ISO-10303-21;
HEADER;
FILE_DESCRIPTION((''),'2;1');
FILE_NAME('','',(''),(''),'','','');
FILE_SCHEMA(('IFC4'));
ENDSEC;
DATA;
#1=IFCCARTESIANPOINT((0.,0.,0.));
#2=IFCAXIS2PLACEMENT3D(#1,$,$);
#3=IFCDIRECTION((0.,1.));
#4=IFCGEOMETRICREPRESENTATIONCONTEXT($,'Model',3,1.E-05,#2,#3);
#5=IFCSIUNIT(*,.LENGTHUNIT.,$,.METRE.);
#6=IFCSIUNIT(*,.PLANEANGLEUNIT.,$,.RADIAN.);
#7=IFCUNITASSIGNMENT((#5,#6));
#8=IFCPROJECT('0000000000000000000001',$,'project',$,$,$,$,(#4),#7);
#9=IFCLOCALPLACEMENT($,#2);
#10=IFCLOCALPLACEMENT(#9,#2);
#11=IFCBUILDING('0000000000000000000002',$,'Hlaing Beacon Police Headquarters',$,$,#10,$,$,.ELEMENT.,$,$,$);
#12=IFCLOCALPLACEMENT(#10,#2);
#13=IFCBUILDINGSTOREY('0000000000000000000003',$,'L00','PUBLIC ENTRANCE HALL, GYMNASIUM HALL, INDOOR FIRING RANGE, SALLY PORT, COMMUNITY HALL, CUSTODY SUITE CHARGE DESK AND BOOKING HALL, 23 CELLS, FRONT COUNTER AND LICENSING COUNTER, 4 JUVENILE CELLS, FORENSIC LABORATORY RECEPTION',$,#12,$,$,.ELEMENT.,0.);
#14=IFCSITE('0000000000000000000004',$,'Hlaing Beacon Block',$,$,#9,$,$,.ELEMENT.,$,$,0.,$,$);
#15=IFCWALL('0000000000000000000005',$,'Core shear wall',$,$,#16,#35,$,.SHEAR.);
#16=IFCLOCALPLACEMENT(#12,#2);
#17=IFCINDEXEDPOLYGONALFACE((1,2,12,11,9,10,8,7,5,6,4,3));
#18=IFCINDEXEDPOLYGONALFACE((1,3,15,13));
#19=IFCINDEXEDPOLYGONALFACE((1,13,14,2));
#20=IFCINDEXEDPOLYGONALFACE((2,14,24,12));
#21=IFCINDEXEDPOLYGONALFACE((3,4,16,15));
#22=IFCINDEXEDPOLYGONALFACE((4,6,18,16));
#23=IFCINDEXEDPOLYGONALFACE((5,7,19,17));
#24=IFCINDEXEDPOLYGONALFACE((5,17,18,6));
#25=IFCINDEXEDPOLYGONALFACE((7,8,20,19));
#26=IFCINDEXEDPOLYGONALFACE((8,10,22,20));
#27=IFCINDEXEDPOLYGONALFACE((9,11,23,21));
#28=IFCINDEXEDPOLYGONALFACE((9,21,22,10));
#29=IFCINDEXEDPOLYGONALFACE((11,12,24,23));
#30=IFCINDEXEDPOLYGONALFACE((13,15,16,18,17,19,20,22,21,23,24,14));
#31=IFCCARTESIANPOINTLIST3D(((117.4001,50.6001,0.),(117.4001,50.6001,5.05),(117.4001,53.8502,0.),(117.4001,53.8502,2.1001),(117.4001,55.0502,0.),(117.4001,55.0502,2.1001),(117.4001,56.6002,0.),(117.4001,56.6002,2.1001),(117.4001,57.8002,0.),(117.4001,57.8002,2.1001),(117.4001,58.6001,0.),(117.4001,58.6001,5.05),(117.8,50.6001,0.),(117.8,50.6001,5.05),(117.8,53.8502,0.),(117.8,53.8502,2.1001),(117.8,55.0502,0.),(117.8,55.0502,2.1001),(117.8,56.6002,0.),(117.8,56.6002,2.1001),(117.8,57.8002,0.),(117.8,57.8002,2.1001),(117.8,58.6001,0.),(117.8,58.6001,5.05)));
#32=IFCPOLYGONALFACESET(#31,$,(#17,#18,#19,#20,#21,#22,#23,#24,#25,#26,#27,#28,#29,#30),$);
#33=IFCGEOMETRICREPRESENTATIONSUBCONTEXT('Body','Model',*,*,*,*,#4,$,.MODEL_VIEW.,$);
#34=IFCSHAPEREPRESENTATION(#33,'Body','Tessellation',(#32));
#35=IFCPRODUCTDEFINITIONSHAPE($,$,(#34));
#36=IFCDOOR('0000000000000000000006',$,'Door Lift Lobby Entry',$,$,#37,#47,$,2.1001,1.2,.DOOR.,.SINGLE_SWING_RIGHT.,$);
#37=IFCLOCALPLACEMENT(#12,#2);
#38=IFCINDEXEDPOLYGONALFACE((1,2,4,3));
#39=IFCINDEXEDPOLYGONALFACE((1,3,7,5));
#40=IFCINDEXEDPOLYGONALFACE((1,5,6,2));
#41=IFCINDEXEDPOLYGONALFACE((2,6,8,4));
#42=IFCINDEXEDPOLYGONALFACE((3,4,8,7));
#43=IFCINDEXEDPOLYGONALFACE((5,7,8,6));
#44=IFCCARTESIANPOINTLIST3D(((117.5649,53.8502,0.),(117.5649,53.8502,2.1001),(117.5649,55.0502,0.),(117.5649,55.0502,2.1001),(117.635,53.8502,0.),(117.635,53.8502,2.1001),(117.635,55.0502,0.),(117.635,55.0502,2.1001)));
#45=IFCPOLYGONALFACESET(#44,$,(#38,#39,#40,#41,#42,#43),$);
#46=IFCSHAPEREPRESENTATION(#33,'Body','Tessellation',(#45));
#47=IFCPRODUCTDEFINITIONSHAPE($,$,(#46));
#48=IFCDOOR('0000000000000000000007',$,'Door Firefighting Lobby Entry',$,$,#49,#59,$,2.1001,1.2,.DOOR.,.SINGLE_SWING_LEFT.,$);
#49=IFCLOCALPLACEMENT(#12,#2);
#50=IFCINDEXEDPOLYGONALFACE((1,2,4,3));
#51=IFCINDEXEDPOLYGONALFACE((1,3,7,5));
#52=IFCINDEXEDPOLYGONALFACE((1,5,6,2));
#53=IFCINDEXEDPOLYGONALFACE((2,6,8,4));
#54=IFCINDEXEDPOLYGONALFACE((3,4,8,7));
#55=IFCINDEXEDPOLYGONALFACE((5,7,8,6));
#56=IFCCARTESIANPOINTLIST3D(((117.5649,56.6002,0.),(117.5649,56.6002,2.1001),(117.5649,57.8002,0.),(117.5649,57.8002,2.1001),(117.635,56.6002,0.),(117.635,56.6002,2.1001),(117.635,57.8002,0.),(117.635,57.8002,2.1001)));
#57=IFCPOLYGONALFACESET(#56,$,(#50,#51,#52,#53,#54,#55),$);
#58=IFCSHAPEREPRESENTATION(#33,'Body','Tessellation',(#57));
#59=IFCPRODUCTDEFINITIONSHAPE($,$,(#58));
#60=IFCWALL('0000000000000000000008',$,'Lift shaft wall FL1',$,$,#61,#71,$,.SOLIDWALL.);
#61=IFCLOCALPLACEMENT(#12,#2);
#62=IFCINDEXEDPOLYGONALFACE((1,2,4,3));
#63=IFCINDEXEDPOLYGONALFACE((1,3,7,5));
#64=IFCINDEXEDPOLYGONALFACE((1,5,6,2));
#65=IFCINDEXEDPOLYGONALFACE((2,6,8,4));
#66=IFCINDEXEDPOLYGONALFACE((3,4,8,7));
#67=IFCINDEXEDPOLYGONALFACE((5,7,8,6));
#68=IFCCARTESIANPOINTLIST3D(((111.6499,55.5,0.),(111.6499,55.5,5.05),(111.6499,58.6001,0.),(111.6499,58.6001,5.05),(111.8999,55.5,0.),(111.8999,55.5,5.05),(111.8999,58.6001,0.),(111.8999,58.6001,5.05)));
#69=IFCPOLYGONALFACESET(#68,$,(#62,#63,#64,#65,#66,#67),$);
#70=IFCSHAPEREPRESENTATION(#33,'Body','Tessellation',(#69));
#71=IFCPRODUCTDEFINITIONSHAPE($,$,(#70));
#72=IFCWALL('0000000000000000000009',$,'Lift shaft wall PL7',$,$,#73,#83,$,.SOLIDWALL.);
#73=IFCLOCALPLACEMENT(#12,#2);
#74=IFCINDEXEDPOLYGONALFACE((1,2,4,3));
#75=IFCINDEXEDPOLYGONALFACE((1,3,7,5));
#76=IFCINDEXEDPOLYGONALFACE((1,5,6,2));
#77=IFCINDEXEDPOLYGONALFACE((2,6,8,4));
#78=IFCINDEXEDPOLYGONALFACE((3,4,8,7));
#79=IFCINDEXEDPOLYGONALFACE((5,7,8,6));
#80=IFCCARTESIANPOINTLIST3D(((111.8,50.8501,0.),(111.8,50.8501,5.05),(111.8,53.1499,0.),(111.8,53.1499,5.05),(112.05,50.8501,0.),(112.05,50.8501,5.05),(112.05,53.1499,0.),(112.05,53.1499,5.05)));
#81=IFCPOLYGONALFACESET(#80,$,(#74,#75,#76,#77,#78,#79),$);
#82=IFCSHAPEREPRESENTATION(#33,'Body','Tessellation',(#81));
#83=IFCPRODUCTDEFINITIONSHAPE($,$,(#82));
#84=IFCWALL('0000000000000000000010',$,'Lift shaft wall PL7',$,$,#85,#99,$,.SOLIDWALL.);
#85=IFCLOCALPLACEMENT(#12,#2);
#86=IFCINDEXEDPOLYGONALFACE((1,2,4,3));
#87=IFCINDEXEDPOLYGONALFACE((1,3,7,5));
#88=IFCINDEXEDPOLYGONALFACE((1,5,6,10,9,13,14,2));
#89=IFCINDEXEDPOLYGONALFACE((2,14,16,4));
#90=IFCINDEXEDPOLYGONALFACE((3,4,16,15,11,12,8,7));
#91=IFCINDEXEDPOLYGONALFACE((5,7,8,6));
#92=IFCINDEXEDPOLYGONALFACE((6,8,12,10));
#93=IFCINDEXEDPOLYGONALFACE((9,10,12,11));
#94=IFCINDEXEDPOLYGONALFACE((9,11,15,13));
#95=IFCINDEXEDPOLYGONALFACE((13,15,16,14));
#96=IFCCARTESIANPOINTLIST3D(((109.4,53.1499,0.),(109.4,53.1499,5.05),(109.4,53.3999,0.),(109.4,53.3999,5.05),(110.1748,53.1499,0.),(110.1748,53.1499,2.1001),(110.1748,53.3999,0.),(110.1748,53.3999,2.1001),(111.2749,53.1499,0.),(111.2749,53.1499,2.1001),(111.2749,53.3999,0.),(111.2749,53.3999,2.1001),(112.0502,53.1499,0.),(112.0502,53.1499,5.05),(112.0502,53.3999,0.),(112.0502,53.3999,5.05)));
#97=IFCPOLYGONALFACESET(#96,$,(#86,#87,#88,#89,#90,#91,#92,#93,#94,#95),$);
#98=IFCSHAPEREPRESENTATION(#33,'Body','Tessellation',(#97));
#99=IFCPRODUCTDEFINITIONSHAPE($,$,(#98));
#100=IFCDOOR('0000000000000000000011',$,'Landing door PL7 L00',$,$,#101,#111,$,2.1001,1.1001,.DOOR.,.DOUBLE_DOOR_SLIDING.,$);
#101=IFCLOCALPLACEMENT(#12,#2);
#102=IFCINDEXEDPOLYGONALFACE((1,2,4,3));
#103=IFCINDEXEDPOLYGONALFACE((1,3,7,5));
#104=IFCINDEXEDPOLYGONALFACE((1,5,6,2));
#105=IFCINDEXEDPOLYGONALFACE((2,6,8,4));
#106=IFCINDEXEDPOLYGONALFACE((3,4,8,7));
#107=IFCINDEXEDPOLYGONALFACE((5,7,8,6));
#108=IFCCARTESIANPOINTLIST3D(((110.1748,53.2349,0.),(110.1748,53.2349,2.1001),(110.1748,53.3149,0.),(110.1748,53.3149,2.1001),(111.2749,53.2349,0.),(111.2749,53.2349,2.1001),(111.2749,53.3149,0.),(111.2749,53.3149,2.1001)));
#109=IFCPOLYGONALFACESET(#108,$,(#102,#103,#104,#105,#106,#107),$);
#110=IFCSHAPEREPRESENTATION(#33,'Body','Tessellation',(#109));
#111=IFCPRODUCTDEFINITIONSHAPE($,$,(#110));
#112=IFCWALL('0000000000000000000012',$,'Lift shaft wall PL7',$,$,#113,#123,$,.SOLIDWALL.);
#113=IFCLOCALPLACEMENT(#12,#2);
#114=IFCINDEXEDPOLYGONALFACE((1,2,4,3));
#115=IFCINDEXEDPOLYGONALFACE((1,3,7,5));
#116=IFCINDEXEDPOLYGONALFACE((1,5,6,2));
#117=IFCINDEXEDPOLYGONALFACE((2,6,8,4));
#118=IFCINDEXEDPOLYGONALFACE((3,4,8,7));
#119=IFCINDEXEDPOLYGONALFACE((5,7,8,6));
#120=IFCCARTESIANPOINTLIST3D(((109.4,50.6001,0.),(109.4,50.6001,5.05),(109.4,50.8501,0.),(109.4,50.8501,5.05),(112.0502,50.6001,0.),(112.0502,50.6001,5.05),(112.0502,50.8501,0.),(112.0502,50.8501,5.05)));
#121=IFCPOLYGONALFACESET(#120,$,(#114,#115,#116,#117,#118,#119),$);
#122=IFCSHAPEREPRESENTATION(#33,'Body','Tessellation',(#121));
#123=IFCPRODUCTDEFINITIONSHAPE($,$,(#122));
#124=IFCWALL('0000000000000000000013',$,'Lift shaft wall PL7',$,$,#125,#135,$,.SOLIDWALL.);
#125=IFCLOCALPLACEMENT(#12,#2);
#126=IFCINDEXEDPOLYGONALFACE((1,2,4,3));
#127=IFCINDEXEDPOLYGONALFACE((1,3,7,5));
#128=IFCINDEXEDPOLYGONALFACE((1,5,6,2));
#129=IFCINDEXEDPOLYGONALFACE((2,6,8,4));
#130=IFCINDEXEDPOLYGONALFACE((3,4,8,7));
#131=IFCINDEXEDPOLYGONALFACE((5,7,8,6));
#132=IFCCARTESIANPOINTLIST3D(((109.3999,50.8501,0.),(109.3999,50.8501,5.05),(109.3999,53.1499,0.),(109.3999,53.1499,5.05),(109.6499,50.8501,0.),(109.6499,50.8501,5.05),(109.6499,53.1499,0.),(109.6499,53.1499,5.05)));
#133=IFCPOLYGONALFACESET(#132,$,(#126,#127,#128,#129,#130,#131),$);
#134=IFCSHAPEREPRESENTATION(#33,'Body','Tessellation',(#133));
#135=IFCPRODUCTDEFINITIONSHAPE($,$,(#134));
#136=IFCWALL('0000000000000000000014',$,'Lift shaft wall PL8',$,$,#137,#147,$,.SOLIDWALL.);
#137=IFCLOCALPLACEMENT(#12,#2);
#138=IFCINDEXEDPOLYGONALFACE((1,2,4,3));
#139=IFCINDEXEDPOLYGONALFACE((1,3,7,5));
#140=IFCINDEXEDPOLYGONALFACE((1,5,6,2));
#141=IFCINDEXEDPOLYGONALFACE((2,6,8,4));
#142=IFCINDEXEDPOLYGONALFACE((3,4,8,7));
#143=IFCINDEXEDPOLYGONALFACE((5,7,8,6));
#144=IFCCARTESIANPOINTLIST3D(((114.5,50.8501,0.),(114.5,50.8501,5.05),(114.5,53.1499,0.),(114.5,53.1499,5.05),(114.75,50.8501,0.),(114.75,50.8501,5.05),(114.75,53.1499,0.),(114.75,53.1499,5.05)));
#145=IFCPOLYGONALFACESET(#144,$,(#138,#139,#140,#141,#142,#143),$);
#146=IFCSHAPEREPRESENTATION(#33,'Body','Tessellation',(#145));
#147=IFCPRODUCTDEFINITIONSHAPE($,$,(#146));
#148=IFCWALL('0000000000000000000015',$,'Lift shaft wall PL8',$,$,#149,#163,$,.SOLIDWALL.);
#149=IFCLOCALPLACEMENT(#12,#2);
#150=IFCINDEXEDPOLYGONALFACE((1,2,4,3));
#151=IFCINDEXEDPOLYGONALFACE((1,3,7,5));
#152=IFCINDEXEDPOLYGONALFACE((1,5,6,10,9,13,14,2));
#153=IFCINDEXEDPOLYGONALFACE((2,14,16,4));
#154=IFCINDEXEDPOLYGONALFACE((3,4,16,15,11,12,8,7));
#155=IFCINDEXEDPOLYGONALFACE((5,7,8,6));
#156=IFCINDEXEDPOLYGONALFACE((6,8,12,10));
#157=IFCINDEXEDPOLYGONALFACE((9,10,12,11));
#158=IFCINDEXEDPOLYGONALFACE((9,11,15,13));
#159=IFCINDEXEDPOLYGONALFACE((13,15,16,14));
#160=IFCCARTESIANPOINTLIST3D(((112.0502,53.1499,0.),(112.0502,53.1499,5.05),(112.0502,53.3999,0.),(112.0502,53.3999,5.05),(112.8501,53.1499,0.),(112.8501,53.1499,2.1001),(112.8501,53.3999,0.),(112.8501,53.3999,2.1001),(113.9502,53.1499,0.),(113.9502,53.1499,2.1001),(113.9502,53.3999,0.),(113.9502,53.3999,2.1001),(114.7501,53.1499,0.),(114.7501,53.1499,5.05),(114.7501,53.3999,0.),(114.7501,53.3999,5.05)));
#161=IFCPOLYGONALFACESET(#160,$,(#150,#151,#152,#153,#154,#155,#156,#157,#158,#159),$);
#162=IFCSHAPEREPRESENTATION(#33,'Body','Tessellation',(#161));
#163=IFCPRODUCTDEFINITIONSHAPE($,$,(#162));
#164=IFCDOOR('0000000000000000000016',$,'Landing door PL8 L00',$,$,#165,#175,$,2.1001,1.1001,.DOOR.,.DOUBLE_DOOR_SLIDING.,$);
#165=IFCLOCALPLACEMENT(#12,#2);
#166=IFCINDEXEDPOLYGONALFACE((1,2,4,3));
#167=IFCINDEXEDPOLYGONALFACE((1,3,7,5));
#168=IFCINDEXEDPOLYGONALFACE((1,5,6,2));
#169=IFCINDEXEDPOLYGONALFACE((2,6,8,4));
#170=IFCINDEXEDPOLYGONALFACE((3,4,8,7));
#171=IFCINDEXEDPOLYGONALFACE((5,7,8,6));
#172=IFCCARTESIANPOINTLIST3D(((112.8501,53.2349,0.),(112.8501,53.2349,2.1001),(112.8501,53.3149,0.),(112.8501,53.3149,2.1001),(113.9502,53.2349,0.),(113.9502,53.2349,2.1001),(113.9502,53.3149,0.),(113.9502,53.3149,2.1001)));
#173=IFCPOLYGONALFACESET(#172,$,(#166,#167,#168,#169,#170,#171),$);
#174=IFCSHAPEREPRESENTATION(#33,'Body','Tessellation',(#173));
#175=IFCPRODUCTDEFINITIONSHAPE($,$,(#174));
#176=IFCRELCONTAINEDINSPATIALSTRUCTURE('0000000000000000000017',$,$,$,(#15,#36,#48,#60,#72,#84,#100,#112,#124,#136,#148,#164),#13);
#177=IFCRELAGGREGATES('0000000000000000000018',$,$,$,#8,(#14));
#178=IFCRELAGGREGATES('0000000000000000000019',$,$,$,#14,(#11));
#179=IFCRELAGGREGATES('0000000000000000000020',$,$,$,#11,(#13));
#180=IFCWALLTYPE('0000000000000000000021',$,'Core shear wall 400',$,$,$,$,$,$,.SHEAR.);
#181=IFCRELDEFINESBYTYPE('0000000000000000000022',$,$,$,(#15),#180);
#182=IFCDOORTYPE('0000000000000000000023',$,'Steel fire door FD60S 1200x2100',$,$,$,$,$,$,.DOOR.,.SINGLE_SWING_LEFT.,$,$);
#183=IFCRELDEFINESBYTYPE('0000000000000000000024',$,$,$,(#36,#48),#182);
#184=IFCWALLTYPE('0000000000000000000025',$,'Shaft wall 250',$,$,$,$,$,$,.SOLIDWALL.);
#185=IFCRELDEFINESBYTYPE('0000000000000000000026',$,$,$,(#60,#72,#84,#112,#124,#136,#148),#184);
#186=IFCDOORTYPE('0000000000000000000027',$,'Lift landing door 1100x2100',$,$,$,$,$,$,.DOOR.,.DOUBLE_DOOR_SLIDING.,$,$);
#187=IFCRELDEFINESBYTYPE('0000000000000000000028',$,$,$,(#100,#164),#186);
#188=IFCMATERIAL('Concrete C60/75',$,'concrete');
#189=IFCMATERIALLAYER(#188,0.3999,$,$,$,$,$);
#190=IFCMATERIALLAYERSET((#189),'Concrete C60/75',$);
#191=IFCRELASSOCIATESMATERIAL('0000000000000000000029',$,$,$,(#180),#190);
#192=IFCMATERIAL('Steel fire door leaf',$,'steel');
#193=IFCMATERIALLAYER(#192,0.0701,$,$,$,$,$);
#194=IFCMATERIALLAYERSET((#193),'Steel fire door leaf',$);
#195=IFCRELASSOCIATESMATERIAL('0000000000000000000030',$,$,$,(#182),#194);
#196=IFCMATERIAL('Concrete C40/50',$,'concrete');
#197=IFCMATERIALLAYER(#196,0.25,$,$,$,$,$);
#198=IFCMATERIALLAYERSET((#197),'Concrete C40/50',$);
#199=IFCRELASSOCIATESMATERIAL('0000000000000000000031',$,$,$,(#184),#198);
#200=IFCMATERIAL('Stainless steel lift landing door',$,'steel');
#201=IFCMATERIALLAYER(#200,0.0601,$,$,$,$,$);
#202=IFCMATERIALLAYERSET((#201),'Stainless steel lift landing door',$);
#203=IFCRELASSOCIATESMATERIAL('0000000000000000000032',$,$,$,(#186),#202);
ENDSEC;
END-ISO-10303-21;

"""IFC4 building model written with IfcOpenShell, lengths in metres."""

from ifc_helpers import new_model, si_unit, direction, frame, frame_2d, origin, place, context, subcontext, project, spatial, rectangle, extrude, material, layer, layer_set, type_object, element, fill, save


model = new_model("IFC4")

# Units and contexts
model_context = context("Model", 3, precision=1e-05, world=origin(), true_north=direction((0.0, 1.0)))
body_context = subcontext(model_context, "Body", "Model", "MODEL_VIEW")
ifc_project = project(units=[si_unit("LENGTHUNIT", "METRE"), si_unit("PLANEANGLEUNIT", "RADIAN")], contexts=[model_context])

# Site, building, storey
site_placement = place(None, origin())
site = spatial("IfcSite", under=ifc_project, at=site_placement, Name="Hlaing Beacon Block", CompositionType="ELEMENT", RefElevation=0.0)
building_placement = place(site_placement, origin())
building = spatial("IfcBuilding", under=site, at=building_placement, Name="Hlaing Beacon Police Headquarters", CompositionType="ELEMENT")
storey_placement = place(building_placement, origin())
storey = spatial("IfcBuildingStorey", under=building, at=storey_placement, Name="L00", Description="PUBLIC ENTRANCE HALL, GYMNASIUM HALL, INDOOR FIRING RANGE, SALLY PORT, COMMUNITY HALL, CUSTODY SUITE CHARGE DESK AND BOOKING HALL, 23 CELLS, FRONT COUNTER AND LICENSING COUNTER, 4 JUVENILE CELLS, FORENSIC LABORATORY RECEPTION", CompositionType="ELEMENT", Elevation=0.0)

# Shared definitions
ifc_material_1 = material(Name="Concrete C60/75", Category="concrete")
ifc_layer_1 = layer(ifc_material_1, 0.3999)
ifc_layer_set_1 = layer_set([ifc_layer_1], Name="Concrete C60/75")
wall_type_1 = type_object("IfcWallType", Name="Core shear wall 400", PredefinedType="SHEAR", material=ifc_layer_set_1)
ifc_material_2 = material(Name="Steel fire door leaf", Category="steel")
ifc_layer_2 = layer(ifc_material_2, 0.0701)
ifc_layer_set_2 = layer_set([ifc_layer_2], Name="Steel fire door leaf")
door_type_1 = type_object("IfcDoorType", Name="Steel fire door FD60S 1200x2100", OperationType="SINGLE_SWING_LEFT", PredefinedType="DOOR", material=ifc_layer_set_2)

# Wall, openings, doors
wall_1_placement = place(storey_placement, frame((117.6001, 50.6001, 0.0), z_axis=(0.0, 0.0, 1.0), x_axis=(0.0, 1.0, 0.0)))
wall_1 = element("IfcWall", 1, at=wall_1_placement, inside=storey, type_object=wall_type_1, Name="Core shear wall", PredefinedType="SHEAR", context=body_context, shape_type="SweptSolid", body=[
    extrude(rectangle(XDim=8.0, YDim=0.3999, at=frame_2d((4.0, 0.0))), origin(), (0.0, 0.0, 1.0), 5.05),
])
opening_1_placement = place(wall_1_placement, frame((3.25, 0.0, 0.0)))
opening_1 = element("IfcOpeningElement", 2, at=opening_1_placement, cuts=wall_1, PredefinedType="OPENING", context=body_context, shape_type="SweptSolid", body=[
    extrude(rectangle(XDim=1.2, YDim=2.1001, at=frame_2d((0.6001, 1.05))), frame((0.0, 0.21, 0.0), z_axis=(0.0, -1.0, 0.0), x_axis=(1.0, 0.0, 0.0)), (0.0, 0.0, 1.0), 0.4199),
])
opening_2_placement = place(wall_1_placement, frame((6.0, 0.0, 0.0)))
opening_2 = element("IfcOpeningElement", 3, at=opening_2_placement, cuts=wall_1, PredefinedType="OPENING", context=body_context, shape_type="SweptSolid", body=[
    extrude(rectangle(XDim=1.2, YDim=2.1001, at=frame_2d((0.6001, 1.05))), frame((0.0, 0.21, 0.0), z_axis=(0.0, -1.0, 0.0), x_axis=(1.0, 0.0, 0.0)), (0.0, 0.0, 1.0), 0.4199),
])
door_1_placement = place(opening_1_placement, origin())
door_1 = element("IfcDoor", 4, at=door_1_placement, inside=storey, type_object=door_type_1, Name="Door Lift Lobby Entry", OperationType="SINGLE_SWING_RIGHT", OverallHeight=2.1001, OverallWidth=1.2, PredefinedType="DOOR", context=body_context, shape_type="SweptSolid", body=[
    extrude(rectangle(XDim=1.2, YDim=2.1001, at=frame_2d((0.6001, 1.05))), frame((0.0, 0.0352, 0.0), z_axis=(0.0, -1.0, 0.0), x_axis=(1.0, 0.0, 0.0)), (0.0, 0.0, 1.0), 0.0701),
])
fill(opening_1, door_1)
door_2_placement = place(opening_2_placement, origin())
door_2 = element("IfcDoor", 5, at=door_2_placement, inside=storey, type_object=door_type_1, Name="Door Firefighting Lobby Entry", OperationType="SINGLE_SWING_LEFT", OverallHeight=2.1001, OverallWidth=1.2, PredefinedType="DOOR", context=body_context, shape_type="SweptSolid", body=[
    extrude(rectangle(XDim=1.2, YDim=2.1001, at=frame_2d((0.6001, 1.05))), frame((0.0, 0.0352, 0.0), z_axis=(0.0, -1.0, 0.0), x_axis=(1.0, 0.0, 0.0)), (0.0, 0.0, 1.0), 0.0701),
])
fill(opening_2, door_2)

# Walls
ifc_material_3 = material(Name="Concrete C40/50", Category="concrete")
ifc_layer_3 = layer(ifc_material_3, 0.25)
ifc_layer_set_3 = layer_set([ifc_layer_3], Name="Concrete C40/50")
wall_type_2 = type_object("IfcWallType", Name="Shaft wall 250", PredefinedType="SOLIDWALL", material=ifc_layer_set_3)
wall_2_placement = place(storey_placement, frame((111.7749, 55.5, 0.0), z_axis=(0.0, 0.0, 1.0), x_axis=(0.0, 1.0, 0.0)))
element("IfcWall", 6, at=wall_2_placement, inside=storey, type_object=wall_type_2, Name="Lift shaft wall FL1", PredefinedType="SOLIDWALL", context=body_context, shape_type="SweptSolid", body=[
    extrude(rectangle(XDim=3.1001, YDim=0.25, at=frame_2d((1.55, 0.0))), origin(), (0.0, 0.0, 1.0), 5.05),
])
wall_3_placement = place(storey_placement, frame((111.925, 50.8501, 0.0), z_axis=(0.0, 0.0, 1.0), x_axis=(0.0, 1.0, 0.0)))
element("IfcWall", 7, at=wall_3_placement, inside=storey, type_object=wall_type_2, Name="Lift shaft wall PL7", PredefinedType="SOLIDWALL", context=body_context, shape_type="SweptSolid", body=[
    extrude(rectangle(XDim=2.2998, YDim=0.25, at=frame_2d((1.1499, 0.0))), origin(), (0.0, 0.0, 1.0), 5.05),
])

# Wall, opening, door
wall_4_placement = place(storey_placement, frame((109.3999, 53.2749, 0.0), z_axis=(0.0, 0.0, 1.0), x_axis=(1.0, 0.0, 0.0)))
wall_4 = element("IfcWall", 8, at=wall_4_placement, inside=storey, type_object=wall_type_2, Name="Lift shaft wall PL7", PredefinedType="SOLIDWALL", context=body_context, shape_type="SweptSolid", body=[
    extrude(rectangle(XDim=2.6501, YDim=0.25, at=frame_2d((1.3252, 0.0))), origin(), (0.0, 0.0, 1.0), 5.05),
])
opening_3_placement = place(wall_4_placement, frame((0.7749, 0.0, 0.0)))
opening_3 = element("IfcOpeningElement", 9, at=opening_3_placement, cuts=wall_4, PredefinedType="OPENING", context=body_context, shape_type="SweptSolid", body=[
    extrude(rectangle(XDim=1.1001, YDim=2.1001, at=frame_2d((0.55, 1.05))), frame((0.0, 0.135, 0.0), z_axis=(0.0, -1.0, 0.0), x_axis=(1.0, 0.0, 0.0)), (0.0, 0.0, 1.0), 0.27),
])
ifc_material_4 = material(Name="Stainless steel lift landing door", Category="steel")
ifc_layer_4 = layer(ifc_material_4, 0.0601)
ifc_layer_set_4 = layer_set([ifc_layer_4], Name="Stainless steel lift landing door")
door_type_2 = type_object("IfcDoorType", Name="Lift landing door 1100x2100", OperationType="DOUBLE_DOOR_SLIDING", PredefinedType="DOOR", material=ifc_layer_set_4)
door_3_placement = place(opening_3_placement, origin())
door_3 = element("IfcDoor", 10, at=door_3_placement, inside=storey, type_object=door_type_2, Name="Landing door PL7 L00", OperationType="DOUBLE_DOOR_SLIDING", OverallHeight=2.1001, OverallWidth=1.1001, PredefinedType="DOOR", context=body_context, shape_type="SweptSolid", body=[
    extrude(rectangle(XDim=1.1001, YDim=2.1001, at=frame_2d((0.55, 1.05))), frame((0.0, 0.04, 0.0), z_axis=(0.0, -1.0, 0.0), x_axis=(1.0, 0.0, 0.0)), (0.0, 0.0, 1.0), 0.0801),
])
fill(opening_3, door_3)

# Walls
wall_5_placement = place(storey_placement, frame((109.3999, 50.7251, 0.0), z_axis=(0.0, 0.0, 1.0), x_axis=(1.0, 0.0, 0.0)))
element("IfcWall", 11, at=wall_5_placement, inside=storey, type_object=wall_type_2, Name="Lift shaft wall PL7", PredefinedType="SOLIDWALL", context=body_context, shape_type="SweptSolid", body=[
    extrude(rectangle(XDim=2.6501, YDim=0.25, at=frame_2d((1.3252, 0.0))), origin(), (0.0, 0.0, 1.0), 5.05),
])
for number, where, z_axis, x_axis, name in (
    (12, (109.5249, 50.8501, 0.0), (0.0, 0.0, 1.0), (0.0, 1.0, 0.0), "Lift shaft wall PL7"),
    (13, (114.625, 50.8501, 0.0), (0.0, 0.0, 1.0), (0.0, 1.0, 0.0), "Lift shaft wall PL8"),
):
    element("IfcWall", number, at=place(storey_placement, frame(where, z_axis=z_axis, x_axis=x_axis)), inside=storey, type_object=wall_type_2, Name=name, PredefinedType="SOLIDWALL", context=body_context, shape_type="SweptSolid", body=[
        extrude(rectangle(XDim=2.2998, YDim=0.25, at=frame_2d((1.1499, 0.0))), origin(), (0.0, 0.0, 1.0), 5.05),
    ])

# Wall, opening, door
wall_6_placement = place(storey_placement, frame((112.05, 53.2749, 0.0), z_axis=(0.0, 0.0, 1.0), x_axis=(1.0, 0.0, 0.0)))
wall_6 = element("IfcWall", 14, at=wall_6_placement, inside=storey, type_object=wall_type_2, Name="Lift shaft wall PL8", PredefinedType="SOLIDWALL", context=body_context, shape_type="SweptSolid", body=[
    extrude(rectangle(XDim=2.7, YDim=0.25, at=frame_2d((1.3501, 0.0))), origin(), (0.0, 0.0, 1.0), 5.05),
])
opening_4_placement = place(wall_6_placement, frame((0.8, 0.0, 0.0)))
opening_4 = element("IfcOpeningElement", 15, at=opening_4_placement, cuts=wall_6, PredefinedType="OPENING", context=body_context, shape_type="SweptSolid", body=[
    extrude(rectangle(XDim=1.1001, YDim=2.1001, at=frame_2d((0.55, 1.05))), frame((0.0, 0.135, 0.0), z_axis=(0.0, -1.0, 0.0), x_axis=(1.0, 0.0, 0.0)), (0.0, 0.0, 1.0), 0.27),
])
door_4_placement = place(opening_4_placement, origin())
door_4 = element("IfcDoor", 16, at=door_4_placement, inside=storey, type_object=door_type_2, Name="Landing door PL8 L00", OperationType="DOUBLE_DOOR_SLIDING", OverallHeight=2.1001, OverallWidth=1.1001, PredefinedType="DOOR", context=body_context, shape_type="SweptSolid", body=[
    extrude(rectangle(XDim=1.1001, YDim=2.1001, at=frame_2d((0.55, 1.05))), frame((0.0, 0.04, 0.0), z_axis=(0.0, -1.0, 0.0), x_axis=(1.0, 0.0, 0.0)), (0.0, 0.0, 1.0), 0.0801),
])
fill(opening_4, door_4)

save(model, "model.ifc")
